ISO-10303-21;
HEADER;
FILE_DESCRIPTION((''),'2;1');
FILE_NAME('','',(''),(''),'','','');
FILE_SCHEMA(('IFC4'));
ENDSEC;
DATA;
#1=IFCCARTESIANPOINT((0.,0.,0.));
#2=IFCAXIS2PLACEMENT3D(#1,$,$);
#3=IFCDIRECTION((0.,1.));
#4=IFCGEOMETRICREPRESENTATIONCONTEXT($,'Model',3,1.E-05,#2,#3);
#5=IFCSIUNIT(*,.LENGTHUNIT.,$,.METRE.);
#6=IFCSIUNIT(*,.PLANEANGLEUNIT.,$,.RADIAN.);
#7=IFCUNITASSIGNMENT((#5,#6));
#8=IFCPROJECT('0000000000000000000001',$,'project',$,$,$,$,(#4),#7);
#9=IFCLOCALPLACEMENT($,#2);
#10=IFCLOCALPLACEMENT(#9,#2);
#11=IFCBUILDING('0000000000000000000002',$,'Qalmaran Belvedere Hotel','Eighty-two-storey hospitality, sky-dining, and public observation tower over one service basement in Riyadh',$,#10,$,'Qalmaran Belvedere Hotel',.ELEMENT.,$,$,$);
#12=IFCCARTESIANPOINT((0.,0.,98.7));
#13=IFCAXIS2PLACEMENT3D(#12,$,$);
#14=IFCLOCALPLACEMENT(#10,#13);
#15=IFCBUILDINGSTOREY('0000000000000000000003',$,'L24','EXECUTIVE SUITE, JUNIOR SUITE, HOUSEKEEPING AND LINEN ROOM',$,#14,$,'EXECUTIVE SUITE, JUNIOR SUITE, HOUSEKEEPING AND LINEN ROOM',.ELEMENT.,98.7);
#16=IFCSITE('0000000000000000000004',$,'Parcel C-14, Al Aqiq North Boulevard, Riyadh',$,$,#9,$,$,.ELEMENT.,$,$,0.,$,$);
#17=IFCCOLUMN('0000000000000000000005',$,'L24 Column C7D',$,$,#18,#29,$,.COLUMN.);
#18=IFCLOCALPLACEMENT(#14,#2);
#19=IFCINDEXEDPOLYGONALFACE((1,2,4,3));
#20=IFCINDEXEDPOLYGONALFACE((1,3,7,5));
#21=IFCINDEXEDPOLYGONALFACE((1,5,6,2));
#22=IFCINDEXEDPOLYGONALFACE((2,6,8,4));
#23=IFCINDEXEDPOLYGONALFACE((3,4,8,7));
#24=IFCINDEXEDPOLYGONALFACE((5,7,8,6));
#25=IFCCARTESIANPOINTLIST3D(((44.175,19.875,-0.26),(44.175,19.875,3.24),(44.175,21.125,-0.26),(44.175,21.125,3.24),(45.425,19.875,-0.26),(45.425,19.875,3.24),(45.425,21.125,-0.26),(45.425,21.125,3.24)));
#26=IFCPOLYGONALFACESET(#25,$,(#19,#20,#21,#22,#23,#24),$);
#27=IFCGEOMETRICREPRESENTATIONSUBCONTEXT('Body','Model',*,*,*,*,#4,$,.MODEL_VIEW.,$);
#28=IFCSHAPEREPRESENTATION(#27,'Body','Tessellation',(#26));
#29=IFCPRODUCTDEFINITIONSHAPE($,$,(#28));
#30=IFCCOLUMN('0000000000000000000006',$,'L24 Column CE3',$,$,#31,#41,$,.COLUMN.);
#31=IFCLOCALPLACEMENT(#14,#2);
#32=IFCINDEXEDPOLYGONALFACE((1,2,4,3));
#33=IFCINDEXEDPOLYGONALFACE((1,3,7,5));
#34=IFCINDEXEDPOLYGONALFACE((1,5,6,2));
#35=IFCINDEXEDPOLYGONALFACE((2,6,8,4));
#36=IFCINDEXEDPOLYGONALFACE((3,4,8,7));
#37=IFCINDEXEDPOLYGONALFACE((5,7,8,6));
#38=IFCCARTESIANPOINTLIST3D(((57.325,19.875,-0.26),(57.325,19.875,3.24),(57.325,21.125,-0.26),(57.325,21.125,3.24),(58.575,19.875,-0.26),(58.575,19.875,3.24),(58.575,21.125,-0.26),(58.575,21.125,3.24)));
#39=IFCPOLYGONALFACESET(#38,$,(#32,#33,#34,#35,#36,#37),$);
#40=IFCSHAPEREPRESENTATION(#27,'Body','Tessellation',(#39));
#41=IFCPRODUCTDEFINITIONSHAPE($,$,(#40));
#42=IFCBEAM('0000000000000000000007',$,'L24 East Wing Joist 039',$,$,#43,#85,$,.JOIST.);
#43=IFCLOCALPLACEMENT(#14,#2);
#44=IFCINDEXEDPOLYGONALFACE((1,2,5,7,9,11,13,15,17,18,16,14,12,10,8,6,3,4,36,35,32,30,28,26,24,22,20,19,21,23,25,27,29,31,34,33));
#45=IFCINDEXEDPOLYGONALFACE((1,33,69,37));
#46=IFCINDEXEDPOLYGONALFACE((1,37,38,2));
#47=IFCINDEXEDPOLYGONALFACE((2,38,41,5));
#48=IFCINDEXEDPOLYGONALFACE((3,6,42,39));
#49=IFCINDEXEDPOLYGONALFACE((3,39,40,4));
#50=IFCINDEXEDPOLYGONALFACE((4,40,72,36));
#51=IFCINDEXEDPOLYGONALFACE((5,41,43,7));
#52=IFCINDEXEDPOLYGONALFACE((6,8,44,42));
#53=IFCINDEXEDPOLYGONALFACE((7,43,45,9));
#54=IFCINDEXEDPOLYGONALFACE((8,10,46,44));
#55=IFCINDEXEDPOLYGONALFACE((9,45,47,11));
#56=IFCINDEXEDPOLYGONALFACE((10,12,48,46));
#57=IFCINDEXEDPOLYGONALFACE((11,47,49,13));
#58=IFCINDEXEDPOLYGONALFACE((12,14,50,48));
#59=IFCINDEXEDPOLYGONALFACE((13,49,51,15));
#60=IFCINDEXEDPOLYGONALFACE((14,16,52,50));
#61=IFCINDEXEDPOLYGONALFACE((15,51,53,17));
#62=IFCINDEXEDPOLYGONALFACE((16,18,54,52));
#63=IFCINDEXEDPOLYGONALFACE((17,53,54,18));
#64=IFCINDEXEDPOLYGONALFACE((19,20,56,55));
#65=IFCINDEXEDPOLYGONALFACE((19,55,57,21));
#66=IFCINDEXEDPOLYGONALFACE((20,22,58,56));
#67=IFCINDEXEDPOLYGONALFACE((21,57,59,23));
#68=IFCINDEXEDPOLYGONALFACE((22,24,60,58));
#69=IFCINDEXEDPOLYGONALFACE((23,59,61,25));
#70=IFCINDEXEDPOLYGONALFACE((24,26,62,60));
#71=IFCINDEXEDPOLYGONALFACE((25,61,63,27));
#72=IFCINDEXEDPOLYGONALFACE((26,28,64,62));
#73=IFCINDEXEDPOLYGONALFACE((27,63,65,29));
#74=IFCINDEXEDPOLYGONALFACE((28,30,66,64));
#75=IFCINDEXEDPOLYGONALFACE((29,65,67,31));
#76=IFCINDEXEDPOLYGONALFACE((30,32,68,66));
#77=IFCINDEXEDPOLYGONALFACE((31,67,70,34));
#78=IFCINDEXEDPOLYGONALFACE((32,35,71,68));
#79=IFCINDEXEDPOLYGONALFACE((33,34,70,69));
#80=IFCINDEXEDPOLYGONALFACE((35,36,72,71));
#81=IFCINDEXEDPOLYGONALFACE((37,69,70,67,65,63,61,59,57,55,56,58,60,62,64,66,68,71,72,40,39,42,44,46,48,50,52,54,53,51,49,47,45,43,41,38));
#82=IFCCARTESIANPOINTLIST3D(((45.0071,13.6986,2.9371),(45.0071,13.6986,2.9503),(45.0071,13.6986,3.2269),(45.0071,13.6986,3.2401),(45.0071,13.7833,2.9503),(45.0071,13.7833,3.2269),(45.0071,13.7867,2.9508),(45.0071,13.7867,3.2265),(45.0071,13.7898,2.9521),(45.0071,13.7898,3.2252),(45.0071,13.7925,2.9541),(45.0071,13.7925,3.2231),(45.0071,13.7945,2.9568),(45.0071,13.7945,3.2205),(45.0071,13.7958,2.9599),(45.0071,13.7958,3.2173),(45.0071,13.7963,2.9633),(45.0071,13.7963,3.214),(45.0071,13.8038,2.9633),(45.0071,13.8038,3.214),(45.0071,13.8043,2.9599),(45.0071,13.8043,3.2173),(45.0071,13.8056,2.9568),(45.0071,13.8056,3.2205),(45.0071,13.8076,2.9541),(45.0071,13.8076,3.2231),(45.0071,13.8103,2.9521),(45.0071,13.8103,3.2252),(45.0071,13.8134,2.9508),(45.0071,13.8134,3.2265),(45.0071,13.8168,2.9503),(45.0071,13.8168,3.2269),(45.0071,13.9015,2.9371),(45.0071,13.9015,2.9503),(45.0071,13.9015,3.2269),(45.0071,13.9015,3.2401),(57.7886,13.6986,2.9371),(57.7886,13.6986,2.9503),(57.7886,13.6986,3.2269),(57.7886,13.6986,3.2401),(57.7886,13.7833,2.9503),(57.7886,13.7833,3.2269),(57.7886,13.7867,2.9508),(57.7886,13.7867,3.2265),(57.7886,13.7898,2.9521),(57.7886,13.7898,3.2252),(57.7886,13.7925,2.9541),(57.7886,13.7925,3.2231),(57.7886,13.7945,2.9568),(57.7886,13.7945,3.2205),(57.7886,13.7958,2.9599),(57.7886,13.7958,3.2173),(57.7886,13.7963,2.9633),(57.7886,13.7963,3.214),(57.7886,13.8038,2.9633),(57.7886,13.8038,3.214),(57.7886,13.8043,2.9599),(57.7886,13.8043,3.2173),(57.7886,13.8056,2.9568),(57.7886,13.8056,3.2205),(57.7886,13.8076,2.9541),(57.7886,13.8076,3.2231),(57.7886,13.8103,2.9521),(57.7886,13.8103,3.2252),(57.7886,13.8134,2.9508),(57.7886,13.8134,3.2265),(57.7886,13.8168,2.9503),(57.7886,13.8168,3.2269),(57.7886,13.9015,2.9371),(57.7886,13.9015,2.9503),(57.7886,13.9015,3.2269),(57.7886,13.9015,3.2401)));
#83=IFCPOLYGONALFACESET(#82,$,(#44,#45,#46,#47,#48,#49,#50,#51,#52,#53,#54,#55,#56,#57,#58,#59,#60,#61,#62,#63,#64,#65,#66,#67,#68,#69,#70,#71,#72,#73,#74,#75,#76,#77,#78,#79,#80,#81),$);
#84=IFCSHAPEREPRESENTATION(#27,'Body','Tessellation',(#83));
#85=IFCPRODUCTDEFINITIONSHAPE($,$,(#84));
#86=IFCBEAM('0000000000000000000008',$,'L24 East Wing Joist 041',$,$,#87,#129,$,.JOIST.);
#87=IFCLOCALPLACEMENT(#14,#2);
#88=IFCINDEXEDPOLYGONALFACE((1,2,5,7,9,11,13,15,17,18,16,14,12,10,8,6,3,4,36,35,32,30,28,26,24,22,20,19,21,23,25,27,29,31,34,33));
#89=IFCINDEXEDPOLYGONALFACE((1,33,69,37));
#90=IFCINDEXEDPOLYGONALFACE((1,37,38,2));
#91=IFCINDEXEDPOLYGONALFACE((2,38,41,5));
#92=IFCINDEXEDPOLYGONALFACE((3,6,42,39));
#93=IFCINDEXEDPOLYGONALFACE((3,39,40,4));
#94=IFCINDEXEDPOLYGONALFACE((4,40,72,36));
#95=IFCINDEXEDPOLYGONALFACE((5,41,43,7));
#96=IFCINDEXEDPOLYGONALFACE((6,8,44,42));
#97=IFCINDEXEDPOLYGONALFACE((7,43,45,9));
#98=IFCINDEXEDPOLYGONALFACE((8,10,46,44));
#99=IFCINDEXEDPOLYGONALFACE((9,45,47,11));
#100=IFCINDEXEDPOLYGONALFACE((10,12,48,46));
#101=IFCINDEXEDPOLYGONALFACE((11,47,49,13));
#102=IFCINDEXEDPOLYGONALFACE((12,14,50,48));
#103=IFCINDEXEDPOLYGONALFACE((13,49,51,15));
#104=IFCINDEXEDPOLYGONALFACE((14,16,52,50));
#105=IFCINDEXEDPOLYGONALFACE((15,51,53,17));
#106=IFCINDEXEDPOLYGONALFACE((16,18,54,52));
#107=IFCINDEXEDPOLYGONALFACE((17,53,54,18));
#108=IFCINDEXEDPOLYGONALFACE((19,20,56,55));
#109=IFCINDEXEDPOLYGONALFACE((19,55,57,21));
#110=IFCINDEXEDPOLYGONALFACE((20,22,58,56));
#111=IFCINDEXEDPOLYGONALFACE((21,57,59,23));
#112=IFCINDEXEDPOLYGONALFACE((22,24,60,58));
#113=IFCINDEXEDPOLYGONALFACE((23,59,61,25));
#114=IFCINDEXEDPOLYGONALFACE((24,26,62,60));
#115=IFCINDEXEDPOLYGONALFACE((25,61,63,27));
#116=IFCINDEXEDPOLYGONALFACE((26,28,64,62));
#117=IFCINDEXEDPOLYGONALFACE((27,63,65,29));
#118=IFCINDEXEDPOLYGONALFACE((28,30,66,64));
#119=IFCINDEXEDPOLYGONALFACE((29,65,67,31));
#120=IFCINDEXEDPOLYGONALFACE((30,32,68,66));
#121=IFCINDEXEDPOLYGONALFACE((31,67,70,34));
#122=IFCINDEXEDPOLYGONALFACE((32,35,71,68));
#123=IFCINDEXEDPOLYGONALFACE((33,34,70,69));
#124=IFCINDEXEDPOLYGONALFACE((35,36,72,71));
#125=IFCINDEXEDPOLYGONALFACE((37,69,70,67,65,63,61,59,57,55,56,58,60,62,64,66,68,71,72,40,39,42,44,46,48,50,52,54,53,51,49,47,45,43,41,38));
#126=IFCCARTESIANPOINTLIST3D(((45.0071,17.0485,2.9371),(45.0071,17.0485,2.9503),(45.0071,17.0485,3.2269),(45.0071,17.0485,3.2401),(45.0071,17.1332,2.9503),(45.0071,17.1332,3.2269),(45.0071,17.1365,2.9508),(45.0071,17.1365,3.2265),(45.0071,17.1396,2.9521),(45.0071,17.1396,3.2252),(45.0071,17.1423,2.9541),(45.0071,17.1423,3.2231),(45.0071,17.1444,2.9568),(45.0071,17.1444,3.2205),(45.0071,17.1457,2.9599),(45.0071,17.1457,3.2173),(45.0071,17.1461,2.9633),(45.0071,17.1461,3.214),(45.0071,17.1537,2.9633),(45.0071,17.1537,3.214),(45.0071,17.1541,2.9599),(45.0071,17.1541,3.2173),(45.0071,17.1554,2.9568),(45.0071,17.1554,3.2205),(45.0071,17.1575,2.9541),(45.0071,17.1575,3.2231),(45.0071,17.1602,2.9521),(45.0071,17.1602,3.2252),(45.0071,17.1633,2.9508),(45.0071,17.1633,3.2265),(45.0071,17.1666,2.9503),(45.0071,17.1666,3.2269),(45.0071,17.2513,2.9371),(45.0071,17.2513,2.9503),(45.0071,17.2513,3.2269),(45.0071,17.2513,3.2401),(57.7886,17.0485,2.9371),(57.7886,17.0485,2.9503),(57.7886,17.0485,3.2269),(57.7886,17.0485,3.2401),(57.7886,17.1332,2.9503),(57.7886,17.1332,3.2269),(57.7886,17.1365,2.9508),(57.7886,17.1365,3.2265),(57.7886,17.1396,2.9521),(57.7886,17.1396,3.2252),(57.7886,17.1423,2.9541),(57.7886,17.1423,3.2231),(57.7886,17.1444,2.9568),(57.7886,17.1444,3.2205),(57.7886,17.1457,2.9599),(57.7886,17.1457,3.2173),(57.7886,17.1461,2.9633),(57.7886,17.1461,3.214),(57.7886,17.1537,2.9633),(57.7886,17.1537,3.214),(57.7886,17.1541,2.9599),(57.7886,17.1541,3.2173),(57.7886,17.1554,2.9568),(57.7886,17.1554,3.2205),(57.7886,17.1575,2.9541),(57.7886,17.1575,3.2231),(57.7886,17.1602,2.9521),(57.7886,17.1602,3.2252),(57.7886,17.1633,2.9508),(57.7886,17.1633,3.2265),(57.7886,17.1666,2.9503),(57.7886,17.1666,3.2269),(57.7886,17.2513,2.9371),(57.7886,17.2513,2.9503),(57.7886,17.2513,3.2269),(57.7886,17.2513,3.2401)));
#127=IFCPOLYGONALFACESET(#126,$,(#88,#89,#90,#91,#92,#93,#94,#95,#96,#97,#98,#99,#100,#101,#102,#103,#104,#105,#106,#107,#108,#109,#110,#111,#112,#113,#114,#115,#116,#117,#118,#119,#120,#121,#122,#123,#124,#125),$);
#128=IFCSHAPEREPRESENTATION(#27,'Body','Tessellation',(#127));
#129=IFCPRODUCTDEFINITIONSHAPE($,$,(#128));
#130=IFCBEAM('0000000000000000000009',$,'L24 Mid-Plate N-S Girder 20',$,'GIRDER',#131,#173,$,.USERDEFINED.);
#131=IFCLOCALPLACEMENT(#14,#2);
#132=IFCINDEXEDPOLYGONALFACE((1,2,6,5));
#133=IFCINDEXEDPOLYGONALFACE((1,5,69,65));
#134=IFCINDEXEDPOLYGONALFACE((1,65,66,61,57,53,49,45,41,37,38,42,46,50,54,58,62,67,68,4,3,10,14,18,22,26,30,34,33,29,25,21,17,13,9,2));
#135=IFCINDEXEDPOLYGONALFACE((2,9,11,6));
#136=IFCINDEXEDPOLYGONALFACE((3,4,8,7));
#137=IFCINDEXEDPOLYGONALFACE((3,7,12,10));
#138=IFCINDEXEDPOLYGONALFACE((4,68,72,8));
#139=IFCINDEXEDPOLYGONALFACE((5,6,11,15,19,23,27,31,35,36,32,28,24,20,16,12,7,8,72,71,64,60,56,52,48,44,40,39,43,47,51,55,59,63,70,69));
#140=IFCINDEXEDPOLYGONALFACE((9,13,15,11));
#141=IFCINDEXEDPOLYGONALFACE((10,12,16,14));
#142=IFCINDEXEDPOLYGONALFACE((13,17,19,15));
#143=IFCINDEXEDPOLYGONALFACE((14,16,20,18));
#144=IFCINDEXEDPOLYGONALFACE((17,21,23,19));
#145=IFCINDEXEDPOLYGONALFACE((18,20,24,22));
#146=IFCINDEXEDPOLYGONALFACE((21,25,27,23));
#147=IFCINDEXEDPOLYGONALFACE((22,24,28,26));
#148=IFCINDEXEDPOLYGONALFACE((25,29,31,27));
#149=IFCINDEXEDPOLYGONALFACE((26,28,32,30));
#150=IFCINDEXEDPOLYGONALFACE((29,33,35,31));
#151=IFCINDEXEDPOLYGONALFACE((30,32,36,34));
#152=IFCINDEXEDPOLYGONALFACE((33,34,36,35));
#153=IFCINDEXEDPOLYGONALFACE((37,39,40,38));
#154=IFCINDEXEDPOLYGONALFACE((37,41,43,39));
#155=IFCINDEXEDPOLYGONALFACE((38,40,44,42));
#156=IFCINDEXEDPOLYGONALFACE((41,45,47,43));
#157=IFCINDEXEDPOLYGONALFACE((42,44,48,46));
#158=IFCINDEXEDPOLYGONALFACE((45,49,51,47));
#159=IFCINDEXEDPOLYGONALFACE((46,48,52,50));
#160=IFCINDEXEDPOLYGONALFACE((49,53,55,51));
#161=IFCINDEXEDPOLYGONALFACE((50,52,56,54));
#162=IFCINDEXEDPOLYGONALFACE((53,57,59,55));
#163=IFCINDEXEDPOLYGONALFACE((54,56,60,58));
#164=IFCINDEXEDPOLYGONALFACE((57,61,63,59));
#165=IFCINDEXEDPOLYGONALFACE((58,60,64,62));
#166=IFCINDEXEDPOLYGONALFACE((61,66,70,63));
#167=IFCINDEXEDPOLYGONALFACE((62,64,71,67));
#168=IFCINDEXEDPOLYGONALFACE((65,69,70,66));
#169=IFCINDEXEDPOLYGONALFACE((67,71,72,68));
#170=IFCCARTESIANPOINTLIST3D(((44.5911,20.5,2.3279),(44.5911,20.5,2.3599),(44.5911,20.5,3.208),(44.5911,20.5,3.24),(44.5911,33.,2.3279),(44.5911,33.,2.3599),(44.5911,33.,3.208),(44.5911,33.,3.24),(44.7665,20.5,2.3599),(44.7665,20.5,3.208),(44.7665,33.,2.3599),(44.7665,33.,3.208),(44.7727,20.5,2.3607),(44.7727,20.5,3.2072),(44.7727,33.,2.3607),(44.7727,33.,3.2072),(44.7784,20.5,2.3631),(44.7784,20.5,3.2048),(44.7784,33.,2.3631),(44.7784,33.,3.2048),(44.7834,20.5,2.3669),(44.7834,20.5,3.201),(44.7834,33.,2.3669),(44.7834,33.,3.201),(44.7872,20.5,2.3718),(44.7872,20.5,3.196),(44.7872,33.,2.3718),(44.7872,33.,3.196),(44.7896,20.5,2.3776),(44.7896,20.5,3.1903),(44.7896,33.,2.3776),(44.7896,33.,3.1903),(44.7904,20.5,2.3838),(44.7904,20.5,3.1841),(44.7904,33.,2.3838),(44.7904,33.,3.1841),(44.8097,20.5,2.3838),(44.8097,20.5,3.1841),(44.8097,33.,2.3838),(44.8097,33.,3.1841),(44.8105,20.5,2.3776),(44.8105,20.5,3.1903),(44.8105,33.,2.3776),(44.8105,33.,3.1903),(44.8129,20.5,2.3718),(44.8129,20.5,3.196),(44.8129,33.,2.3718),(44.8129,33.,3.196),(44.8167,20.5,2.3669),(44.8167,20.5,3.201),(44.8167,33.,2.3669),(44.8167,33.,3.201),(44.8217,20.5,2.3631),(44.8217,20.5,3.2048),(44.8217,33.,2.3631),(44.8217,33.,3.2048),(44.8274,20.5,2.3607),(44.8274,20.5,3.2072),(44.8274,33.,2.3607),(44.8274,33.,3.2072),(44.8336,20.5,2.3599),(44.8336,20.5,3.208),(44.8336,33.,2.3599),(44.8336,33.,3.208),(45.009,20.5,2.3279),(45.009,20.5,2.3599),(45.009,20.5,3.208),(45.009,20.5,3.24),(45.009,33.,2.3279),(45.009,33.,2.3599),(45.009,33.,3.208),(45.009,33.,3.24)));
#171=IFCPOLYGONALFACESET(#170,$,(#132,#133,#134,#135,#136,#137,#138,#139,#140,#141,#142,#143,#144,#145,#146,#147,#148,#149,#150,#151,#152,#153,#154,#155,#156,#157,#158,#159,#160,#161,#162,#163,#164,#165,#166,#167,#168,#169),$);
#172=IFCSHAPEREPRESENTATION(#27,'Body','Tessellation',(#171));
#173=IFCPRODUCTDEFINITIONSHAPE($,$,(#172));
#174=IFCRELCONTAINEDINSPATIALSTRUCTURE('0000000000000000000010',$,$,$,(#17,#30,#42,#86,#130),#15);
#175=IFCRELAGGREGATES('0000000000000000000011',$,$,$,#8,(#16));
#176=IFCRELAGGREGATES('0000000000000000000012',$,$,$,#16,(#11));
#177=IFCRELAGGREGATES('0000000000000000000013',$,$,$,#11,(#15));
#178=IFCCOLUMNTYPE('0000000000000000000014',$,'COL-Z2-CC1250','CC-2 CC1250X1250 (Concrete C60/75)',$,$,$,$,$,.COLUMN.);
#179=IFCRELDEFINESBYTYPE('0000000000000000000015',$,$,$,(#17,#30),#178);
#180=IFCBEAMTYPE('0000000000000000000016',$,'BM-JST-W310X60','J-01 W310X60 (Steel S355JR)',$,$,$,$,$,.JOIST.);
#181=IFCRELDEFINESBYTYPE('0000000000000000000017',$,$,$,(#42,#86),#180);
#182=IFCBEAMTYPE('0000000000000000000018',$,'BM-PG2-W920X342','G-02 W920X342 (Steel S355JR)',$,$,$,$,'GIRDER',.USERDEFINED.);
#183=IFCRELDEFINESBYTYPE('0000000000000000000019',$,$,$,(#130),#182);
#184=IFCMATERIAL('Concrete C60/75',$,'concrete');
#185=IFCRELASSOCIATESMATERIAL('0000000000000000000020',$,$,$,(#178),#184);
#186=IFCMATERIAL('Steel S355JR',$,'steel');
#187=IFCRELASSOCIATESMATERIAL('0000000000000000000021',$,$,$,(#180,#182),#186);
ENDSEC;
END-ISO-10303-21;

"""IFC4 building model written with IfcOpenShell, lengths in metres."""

from ifc_helpers import new_model, si_unit, direction, frame, origin, origin_2d, place, context, subcontext, project, spatial, rectangle, i_section, extrude, material, material_profile, profile_set, type_object, element, save


model = new_model("IFC4")

# Units and contexts
model_context = context("Model", 3, precision=1e-05, world=origin(), true_north=direction((0.0, 1.0)))
body_context = subcontext(model_context, "Body", "Model", "MODEL_VIEW")
ifc_project = project(units=[si_unit("LENGTHUNIT", "METRE"), si_unit("PLANEANGLEUNIT", "RADIAN")], contexts=[model_context])

# Site, building, storey
site_placement = place(None, origin())
site = spatial("IfcSite", under=ifc_project, at=site_placement, Name="Parcel C-14, Al Aqiq North Boulevard, Riyadh", CompositionType="ELEMENT", RefElevation=0.0)
building_placement = place(site_placement, origin())
building = spatial("IfcBuilding", under=site, at=building_placement, Name="Qalmaran Belvedere Hotel", Description="Eighty-two-storey hospitality, sky-dining, and public observation tower over one service basement in Riyadh", LongName="Qalmaran Belvedere Hotel", CompositionType="ELEMENT")
storey_placement = place(building_placement, frame((0.0, 0.0, 98.7)))
storey = spatial("IfcBuildingStorey", under=building, at=storey_placement, Name="L24", Description="EXECUTIVE SUITE, JUNIOR SUITE, HOUSEKEEPING AND LINEN ROOM", LongName="EXECUTIVE SUITE, JUNIOR SUITE, HOUSEKEEPING AND LINEN ROOM", CompositionType="ELEMENT", Elevation=98.7)

# Columns
ifc_material_1 = material(Name="Concrete C60/75", Category="concrete")
ifc_material_profile_1 = material_profile(ifc_material_1, rectangle(XDim=1.25, YDim=1.25, at=origin_2d()), Name="CC1250X1250")
ifc_profile_set_1 = profile_set([ifc_material_profile_1], Name="Concrete C60/75")
column_type = type_object("IfcColumnType", Name="COL-Z2-CC1250", Description="CC-2 CC1250X1250 (Concrete C60/75)", PredefinedType="COLUMN", material=ifc_profile_set_1)
for number, where, z_axis, x_axis, name in (
    (1, (44.8, 20.5, -0.26), (0.0, 0.0, 1.0), (1.0, 0.0, 0.0), "L24 Column C7D"),
    (2, (57.95, 20.5, -0.26), (0.0, 0.0, 1.0), (1.0, 0.0, 0.0), "L24 Column CE3"),
):
    element("IfcColumn", number, at=place(storey_placement, frame(where, z_axis=z_axis, x_axis=x_axis)), inside=storey, type_object=column_type, Name=name, PredefinedType="COLUMN", context=body_context, shape_type="SweptSolid", body=[
        extrude(rectangle(XDim=1.25, YDim=1.25, at=origin_2d()), origin(), (0.0, 0.0, 1.0), 3.5),
    ])

# Beams
ifc_material_2 = material(Name="Steel S355JR", Category="steel")
ifc_material_profile_2 = material_profile(ifc_material_2, i_section(OverallWidth=0.2029, OverallDepth=0.303, WebThickness=0.0076, FlangeThickness=0.0132, FilletRadius=0.0129, at=origin_2d()), Name="W310X60")
ifc_profile_set_2 = profile_set([ifc_material_profile_2], Name="Steel S355JR")
beam_type_1 = type_object("IfcBeamType", Name="BM-JST-W310X60", Description="J-01 W310X60 (Steel S355JR)", PredefinedType="JOIST", material=ifc_profile_set_2)
for number, where, z_axis, x_axis, name in (
    (3, (45.0071, 13.8, 3.0886), (1.0, 0.0, 0.0), (0.0, 1.0, 0.0), "L24 East Wing Joist 039"),
    (4, (45.0071, 17.1499, 3.0886), (1.0, 0.0, 0.0), (0.0, 1.0, 0.0), "L24 East Wing Joist 041"),
):
    element("IfcBeam", number, at=place(storey_placement, frame(where, z_axis=z_axis, x_axis=x_axis)), inside=storey, type_object=beam_type_1, Name=name, PredefinedType="JOIST", context=body_context, shape_type="SweptSolid", body=[
        extrude(i_section(OverallWidth=0.2029, OverallDepth=0.303, WebThickness=0.0076, FlangeThickness=0.0132, FilletRadius=0.0129, at=origin_2d()), origin(), (0.0, 0.0, 1.0), 12.7815),
    ])
ifc_material_profile_3 = material_profile(ifc_material_2, i_section(OverallWidth=0.418, OverallDepth=0.9121, WebThickness=0.0193, FlangeThickness=0.032, FilletRadius=0.0239, at=origin_2d()), Name="W920X342")
ifc_profile_set_3 = profile_set([ifc_material_profile_3], Name="Steel S355JR")
beam_type_2 = type_object("IfcBeamType", Name="BM-PG2-W920X342", Description="G-02 W920X342 (Steel S355JR)", ElementType="GIRDER", PredefinedType="USERDEFINED", material=ifc_profile_set_3)
beam_1_placement = place(storey_placement, frame((44.8, 20.5, 2.7839), z_axis=(0.0, 1.0, 0.0), x_axis=(-1.0, 0.0, 0.0)))
element("IfcBeam", 5, at=beam_1_placement, inside=storey, type_object=beam_type_2, Name="L24 Mid-Plate N-S Girder 20", ObjectType="GIRDER", PredefinedType="USERDEFINED", context=body_context, shape_type="SweptSolid", body=[
    extrude(i_section(OverallWidth=0.418, OverallDepth=0.9121, WebThickness=0.0193, FlangeThickness=0.032, FilletRadius=0.0239, at=origin_2d()), origin(), (0.0, 0.0, 1.0), 12.5),
])

save(model, "model.ifc")
